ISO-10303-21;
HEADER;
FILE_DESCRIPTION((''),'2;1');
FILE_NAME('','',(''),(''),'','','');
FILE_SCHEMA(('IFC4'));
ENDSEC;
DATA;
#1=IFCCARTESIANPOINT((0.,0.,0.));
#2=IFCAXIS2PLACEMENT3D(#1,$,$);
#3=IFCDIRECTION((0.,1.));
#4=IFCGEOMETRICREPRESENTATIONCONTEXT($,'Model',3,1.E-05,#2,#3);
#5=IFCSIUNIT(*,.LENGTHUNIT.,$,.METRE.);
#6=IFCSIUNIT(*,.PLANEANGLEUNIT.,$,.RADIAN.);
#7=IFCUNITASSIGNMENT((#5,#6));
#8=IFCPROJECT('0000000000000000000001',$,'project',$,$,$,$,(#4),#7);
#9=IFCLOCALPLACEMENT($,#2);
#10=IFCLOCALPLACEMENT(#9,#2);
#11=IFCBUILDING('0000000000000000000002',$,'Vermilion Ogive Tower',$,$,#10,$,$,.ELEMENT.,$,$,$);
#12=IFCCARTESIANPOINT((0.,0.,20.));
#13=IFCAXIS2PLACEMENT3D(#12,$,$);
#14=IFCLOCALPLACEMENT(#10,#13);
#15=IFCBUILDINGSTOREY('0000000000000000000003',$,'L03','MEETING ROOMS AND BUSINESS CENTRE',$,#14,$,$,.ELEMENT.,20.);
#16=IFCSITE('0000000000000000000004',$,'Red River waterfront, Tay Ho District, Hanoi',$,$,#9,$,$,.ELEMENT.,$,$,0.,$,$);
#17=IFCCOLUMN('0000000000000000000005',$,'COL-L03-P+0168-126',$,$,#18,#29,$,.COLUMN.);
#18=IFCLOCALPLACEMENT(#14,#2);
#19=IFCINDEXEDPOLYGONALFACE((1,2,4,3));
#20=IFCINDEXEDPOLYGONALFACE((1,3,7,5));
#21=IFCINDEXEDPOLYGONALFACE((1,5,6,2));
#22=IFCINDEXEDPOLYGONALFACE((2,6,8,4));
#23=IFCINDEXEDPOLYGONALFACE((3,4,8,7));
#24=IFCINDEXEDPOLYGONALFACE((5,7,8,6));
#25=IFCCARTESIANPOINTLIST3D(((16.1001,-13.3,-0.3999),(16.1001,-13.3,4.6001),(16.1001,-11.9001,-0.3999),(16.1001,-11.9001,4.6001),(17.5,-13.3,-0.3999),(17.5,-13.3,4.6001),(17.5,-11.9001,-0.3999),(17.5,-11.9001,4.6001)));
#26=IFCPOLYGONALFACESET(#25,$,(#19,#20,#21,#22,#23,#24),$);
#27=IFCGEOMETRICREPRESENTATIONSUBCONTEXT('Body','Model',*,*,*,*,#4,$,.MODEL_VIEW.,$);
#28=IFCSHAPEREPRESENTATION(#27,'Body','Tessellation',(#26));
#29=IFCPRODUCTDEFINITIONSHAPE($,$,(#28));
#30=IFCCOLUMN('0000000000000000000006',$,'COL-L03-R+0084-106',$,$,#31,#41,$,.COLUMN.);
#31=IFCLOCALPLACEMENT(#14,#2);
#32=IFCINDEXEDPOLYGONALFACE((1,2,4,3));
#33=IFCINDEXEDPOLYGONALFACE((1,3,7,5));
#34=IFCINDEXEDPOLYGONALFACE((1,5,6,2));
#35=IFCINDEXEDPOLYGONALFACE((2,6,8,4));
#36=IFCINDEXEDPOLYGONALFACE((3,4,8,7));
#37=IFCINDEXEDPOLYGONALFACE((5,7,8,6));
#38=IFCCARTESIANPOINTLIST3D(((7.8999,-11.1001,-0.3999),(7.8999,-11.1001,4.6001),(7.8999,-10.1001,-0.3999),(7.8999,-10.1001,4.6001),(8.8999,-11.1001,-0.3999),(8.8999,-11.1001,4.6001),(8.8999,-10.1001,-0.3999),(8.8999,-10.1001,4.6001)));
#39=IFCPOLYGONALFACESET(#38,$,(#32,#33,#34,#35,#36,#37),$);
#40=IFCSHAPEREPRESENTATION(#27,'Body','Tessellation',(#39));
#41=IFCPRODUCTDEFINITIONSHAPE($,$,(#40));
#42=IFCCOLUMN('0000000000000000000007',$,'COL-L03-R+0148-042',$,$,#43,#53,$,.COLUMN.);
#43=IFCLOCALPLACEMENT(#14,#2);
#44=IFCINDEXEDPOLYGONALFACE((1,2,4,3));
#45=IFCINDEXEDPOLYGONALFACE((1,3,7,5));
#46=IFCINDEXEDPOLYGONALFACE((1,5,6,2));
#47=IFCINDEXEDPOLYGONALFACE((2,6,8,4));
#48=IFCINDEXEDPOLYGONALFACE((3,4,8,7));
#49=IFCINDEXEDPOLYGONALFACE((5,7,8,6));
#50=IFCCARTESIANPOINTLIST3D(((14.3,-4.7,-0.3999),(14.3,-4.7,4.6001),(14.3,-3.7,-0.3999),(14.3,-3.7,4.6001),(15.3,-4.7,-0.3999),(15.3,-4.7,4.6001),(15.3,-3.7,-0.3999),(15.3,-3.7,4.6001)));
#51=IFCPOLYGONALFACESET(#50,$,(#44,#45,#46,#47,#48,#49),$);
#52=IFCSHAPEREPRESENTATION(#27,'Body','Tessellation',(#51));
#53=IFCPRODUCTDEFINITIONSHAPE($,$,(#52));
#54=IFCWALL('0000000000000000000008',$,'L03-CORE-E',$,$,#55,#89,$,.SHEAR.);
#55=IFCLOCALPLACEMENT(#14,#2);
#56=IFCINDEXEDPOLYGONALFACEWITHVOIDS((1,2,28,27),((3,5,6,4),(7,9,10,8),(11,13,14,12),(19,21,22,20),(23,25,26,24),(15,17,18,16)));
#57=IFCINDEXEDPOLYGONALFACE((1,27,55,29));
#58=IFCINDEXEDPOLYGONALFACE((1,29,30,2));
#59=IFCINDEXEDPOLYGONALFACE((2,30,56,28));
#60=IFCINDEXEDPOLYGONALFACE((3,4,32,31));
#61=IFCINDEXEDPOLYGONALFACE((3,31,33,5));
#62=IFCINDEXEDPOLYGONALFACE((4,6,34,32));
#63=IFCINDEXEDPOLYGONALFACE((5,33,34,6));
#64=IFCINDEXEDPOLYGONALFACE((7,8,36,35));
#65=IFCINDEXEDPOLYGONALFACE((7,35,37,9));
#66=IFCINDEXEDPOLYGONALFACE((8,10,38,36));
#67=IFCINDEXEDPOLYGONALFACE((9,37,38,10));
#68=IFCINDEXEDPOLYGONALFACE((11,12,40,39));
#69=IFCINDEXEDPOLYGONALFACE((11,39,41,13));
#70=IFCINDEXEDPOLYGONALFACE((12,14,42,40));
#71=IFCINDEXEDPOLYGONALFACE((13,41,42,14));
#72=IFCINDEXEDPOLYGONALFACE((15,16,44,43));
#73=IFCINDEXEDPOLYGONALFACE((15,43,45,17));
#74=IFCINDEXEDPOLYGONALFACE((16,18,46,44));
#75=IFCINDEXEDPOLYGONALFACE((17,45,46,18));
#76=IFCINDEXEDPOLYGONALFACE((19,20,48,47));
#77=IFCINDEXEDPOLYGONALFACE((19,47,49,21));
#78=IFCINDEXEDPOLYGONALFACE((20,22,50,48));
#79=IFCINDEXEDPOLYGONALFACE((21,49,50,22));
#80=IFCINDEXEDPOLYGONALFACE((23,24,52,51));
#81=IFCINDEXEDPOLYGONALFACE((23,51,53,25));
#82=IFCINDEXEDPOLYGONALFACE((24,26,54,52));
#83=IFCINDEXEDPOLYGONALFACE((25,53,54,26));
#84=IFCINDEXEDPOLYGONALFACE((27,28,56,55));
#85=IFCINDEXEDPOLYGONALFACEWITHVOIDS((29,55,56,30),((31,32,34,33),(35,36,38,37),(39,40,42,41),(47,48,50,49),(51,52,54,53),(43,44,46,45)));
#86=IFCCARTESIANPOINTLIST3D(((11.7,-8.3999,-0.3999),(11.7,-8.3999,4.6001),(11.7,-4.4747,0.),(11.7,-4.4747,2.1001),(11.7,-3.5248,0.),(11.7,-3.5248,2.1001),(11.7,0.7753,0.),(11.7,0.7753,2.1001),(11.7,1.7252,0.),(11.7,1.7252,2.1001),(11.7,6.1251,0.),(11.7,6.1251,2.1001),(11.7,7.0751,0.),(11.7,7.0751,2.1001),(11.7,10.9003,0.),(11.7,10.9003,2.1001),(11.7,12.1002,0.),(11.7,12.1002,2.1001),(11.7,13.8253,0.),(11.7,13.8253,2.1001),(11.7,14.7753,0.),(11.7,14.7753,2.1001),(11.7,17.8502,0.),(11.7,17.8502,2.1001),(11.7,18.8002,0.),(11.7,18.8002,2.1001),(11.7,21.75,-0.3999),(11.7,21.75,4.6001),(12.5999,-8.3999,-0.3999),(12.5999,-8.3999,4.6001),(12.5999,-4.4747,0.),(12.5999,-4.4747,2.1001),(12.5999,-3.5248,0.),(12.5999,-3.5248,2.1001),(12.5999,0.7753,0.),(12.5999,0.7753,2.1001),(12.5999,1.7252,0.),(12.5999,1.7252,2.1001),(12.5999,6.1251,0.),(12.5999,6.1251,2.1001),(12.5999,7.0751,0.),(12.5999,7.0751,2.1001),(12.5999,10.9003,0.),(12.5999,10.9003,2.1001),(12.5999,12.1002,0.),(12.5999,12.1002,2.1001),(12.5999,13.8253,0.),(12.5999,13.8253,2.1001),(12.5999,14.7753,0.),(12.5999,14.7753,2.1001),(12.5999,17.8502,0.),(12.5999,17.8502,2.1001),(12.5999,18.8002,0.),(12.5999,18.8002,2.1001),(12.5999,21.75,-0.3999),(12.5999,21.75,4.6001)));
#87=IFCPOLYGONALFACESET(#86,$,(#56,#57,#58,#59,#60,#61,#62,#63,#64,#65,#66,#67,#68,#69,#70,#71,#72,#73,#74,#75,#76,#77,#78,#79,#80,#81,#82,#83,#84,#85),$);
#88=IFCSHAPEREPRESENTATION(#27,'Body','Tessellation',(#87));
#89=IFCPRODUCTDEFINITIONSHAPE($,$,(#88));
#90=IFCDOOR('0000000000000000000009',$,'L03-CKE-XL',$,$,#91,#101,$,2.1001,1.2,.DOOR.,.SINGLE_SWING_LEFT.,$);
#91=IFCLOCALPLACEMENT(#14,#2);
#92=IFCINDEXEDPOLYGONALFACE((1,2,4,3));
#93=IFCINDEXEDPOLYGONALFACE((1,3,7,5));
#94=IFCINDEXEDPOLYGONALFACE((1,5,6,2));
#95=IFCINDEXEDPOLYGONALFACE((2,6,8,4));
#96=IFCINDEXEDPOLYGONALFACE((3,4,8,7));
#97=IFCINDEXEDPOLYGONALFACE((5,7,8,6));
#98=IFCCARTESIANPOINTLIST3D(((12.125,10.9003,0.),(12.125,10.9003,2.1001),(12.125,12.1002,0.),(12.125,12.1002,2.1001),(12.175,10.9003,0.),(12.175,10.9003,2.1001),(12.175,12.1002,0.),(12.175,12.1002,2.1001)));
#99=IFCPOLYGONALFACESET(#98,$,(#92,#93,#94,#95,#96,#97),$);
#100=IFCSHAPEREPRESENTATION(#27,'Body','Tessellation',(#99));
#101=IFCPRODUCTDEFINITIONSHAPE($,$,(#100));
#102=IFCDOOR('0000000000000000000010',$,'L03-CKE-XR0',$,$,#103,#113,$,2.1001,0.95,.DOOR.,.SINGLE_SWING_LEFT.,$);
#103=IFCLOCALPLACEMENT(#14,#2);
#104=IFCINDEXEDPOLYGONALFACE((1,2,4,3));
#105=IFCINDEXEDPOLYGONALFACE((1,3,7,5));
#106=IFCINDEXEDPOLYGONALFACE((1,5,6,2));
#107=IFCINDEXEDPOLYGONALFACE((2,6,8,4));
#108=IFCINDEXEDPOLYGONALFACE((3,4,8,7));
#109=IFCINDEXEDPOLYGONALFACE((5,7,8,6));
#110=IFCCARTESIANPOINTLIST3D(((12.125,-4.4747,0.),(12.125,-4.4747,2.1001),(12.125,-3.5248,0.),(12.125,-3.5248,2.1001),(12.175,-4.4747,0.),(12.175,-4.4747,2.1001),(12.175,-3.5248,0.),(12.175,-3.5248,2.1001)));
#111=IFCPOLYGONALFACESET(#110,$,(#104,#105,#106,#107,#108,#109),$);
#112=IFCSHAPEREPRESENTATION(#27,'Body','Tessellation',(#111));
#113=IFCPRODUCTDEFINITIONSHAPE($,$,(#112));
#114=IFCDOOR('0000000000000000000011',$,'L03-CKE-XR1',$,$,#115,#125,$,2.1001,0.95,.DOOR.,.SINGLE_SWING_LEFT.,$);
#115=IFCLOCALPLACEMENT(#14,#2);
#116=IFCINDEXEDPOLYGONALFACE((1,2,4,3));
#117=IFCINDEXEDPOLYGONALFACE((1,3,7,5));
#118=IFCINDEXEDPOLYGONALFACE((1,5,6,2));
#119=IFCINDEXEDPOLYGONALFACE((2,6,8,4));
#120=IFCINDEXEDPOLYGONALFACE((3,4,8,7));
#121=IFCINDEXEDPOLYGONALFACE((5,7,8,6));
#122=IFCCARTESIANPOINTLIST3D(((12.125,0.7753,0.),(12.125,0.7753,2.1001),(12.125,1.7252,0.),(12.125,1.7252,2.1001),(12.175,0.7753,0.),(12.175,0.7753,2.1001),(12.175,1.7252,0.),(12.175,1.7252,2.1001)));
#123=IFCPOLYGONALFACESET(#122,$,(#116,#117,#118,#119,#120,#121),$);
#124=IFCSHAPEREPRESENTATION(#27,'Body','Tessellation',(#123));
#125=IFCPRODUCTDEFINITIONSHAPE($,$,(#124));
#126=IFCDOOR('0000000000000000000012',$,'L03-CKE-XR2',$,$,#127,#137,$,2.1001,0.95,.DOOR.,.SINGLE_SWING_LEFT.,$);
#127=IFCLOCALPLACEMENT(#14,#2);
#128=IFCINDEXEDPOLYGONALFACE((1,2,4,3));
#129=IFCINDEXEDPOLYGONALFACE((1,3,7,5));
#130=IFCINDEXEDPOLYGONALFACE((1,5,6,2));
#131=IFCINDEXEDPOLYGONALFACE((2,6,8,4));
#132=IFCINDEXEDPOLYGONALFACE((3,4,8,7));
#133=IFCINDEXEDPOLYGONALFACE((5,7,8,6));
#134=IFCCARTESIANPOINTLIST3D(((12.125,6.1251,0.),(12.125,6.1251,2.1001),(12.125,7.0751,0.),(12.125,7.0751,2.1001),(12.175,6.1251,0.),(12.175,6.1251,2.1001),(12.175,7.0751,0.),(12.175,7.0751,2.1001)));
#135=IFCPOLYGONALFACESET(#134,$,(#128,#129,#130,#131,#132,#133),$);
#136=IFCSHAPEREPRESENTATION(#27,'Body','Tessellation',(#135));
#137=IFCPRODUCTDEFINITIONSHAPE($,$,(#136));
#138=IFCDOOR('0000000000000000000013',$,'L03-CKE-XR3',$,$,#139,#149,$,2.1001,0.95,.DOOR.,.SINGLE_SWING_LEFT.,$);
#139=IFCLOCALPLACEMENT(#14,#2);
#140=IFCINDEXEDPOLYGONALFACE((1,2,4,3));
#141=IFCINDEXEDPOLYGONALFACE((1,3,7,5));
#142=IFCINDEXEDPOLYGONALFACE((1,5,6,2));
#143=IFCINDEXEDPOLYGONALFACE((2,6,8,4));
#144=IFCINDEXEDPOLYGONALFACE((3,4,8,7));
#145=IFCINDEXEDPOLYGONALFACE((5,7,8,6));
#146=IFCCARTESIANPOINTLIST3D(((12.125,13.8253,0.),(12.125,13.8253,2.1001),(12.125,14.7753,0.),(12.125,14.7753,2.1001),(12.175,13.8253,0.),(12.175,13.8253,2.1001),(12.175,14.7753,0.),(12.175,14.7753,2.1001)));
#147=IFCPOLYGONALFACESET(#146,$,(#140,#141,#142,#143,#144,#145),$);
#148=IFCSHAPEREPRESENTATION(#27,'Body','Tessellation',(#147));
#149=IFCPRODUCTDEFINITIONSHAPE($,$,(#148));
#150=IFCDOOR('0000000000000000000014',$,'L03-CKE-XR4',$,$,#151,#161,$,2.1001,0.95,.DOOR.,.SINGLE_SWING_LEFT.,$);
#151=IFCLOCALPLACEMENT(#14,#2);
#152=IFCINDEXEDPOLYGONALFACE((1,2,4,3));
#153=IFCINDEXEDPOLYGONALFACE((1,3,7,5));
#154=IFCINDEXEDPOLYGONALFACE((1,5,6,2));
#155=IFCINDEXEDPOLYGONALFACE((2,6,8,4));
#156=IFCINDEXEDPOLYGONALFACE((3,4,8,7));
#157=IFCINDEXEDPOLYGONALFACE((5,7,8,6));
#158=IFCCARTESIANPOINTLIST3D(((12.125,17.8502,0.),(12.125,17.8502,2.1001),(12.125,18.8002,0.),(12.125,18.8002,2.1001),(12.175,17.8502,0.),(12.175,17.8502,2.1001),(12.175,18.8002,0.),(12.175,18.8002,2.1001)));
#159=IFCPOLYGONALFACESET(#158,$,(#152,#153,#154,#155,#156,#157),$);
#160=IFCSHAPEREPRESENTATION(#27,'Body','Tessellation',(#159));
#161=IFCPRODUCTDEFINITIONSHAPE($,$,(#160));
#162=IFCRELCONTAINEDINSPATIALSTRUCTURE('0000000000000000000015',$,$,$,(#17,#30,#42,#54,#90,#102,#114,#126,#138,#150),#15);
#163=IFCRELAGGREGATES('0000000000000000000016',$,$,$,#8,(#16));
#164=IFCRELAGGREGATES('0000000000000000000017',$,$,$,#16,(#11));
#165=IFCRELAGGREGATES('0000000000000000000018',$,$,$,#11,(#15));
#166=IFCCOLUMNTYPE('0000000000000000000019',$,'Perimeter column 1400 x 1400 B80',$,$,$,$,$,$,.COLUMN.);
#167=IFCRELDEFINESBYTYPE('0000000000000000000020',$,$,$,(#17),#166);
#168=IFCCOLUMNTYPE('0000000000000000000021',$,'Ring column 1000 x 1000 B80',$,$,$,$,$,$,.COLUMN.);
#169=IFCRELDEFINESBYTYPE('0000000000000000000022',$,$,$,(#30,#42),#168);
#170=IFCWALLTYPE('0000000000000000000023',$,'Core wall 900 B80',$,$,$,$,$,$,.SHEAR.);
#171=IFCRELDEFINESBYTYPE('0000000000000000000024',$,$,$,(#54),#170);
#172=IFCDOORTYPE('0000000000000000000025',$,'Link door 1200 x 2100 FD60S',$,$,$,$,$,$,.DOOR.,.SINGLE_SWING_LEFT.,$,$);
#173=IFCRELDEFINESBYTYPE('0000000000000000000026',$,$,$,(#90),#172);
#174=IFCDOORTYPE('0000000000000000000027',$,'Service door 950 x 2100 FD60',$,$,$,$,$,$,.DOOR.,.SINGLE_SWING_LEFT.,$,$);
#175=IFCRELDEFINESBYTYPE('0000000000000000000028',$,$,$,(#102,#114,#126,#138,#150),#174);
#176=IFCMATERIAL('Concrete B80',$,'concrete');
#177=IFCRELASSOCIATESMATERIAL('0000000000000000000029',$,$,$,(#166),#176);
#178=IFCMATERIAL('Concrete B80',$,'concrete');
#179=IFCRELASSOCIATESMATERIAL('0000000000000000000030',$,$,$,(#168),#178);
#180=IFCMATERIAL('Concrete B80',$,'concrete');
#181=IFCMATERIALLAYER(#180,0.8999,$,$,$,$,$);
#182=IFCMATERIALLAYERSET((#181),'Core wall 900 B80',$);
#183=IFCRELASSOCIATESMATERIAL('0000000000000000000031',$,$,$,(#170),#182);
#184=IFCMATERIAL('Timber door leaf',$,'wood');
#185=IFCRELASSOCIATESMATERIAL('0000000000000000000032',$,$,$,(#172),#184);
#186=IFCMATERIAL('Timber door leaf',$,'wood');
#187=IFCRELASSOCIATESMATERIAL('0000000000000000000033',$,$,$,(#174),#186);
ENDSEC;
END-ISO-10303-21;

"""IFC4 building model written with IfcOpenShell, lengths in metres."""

from ifc_helpers import new_model, si_unit, direction, frame, frame_2d, origin, origin_2d, place, context, subcontext, project, spatial, rectangle, extrude, material, layer, layer_set, material_profile, profile_set, type_object, element, fill, save


model = new_model("IFC4")

# Units and contexts
model_context = context("Model", 3, precision=1e-05, world=origin(), true_north=direction((0.0, 1.0)))
body_context = subcontext(model_context, "Body", "Model", "MODEL_VIEW")
ifc_project = project(units=[si_unit("LENGTHUNIT", "METRE"), si_unit("PLANEANGLEUNIT", "RADIAN")], contexts=[model_context])

# Site, building, storey
site_placement = place(None, origin())
site = spatial("IfcSite", under=ifc_project, at=site_placement, Name="Red River waterfront, Tay Ho District, Hanoi", CompositionType="ELEMENT", RefElevation=0.0)
building_placement = place(site_placement, origin())
building = spatial("IfcBuilding", under=site, at=building_placement, Name="Vermilion Ogive Tower", CompositionType="ELEMENT")
storey_placement = place(building_placement, frame((0.0, 0.0, 20.0)))
storey = spatial("IfcBuildingStorey", under=building, at=storey_placement, Name="L03", Description="MEETING ROOMS AND BUSINESS CENTRE", CompositionType="ELEMENT", Elevation=20.0)

# Columns
ifc_material_1 = material(Name="Concrete B80", Category="concrete")
ifc_material_profile_1 = material_profile(ifc_material_1, rectangle(XDim=1.3999, YDim=1.3999, at=origin_2d()), Name="1400 x 1400")
ifc_profile_set_1 = profile_set([ifc_material_profile_1], Name="Concrete B80")
column_type_1 = type_object("IfcColumnType", Name="Perimeter column 1400 x 1400 B80", PredefinedType="COLUMN", material=ifc_profile_set_1)
column_placement = place(storey_placement, frame((16.8, -12.6001, -0.3999), z_axis=(0.0, 0.0, 1.0), x_axis=(1.0, 0.0, 0.0)))
element("IfcColumn", 1, at=column_placement, inside=storey, type_object=column_type_1, Name="COL-L03-P+0168-126", PredefinedType="COLUMN", context=body_context, shape_type="SweptSolid", body=[
    extrude(rectangle(XDim=1.3999, YDim=1.3999, at=origin_2d()), origin(), (0.0, 0.0, 1.0), 5.0),
])
ifc_material_2 = material(Name="Concrete B80", Category="concrete")
ifc_material_profile_2 = material_profile(ifc_material_2, rectangle(XDim=1.0, YDim=1.0, at=origin_2d()), Name="1000 x 1000")
ifc_profile_set_2 = profile_set([ifc_material_profile_2], Name="Concrete B80")
column_type_2 = type_object("IfcColumnType", Name="Ring column 1000 x 1000 B80", PredefinedType="COLUMN", material=ifc_profile_set_2)
for number, where, z_axis, x_axis, name in (
    (2, (8.3999, -10.6001, -0.3999), (0.0, 0.0, 1.0), (1.0, 0.0, 0.0), "COL-L03-R+0084-106"),
    (3, (14.8, -4.2, -0.3999), (0.0, 0.0, 1.0), (1.0, 0.0, 0.0), "COL-L03-R+0148-042"),
):
    element("IfcColumn", number, at=place(storey_placement, frame(where, z_axis=z_axis, x_axis=x_axis)), inside=storey, type_object=column_type_2, Name=name, PredefinedType="COLUMN", context=body_context, shape_type="SweptSolid", body=[
        extrude(rectangle(XDim=1.0, YDim=1.0, at=origin_2d()), origin(), (0.0, 0.0, 1.0), 5.0),
    ])

# Wall, openings, doors
ifc_material_3 = material(Name="Concrete B80", Category="concrete")
ifc_layer_1 = layer(ifc_material_3, 0.8999)
ifc_layer_set_1 = layer_set([ifc_layer_1], Name="Core wall 900 B80")
wall_type_1 = type_object("IfcWallType", Name="Core wall 900 B80", PredefinedType="SHEAR", material=ifc_layer_set_1)
wall_1_placement = place(storey_placement, frame((12.1499, -8.3999, -0.3999), z_axis=(0.0, 0.0, 1.0), x_axis=(0.0, 1.0, 0.0)))
wall_1 = element("IfcWall", 4, at=wall_1_placement, inside=storey, type_object=wall_type_1, Name="L03-CORE-E", PredefinedType="SHEAR", context=body_context, shape_type="SweptSolid", body=[
    extrude(rectangle(XDim=30.1499, YDim=0.8999, at=frame_2d((15.075, 0.0))), origin(), (0.0, 0.0, 1.0), 5.0),
])
opening_1_placement = place(wall_1_placement, frame((3.925, 0.0, 0.3999)))
opening_1 = element("IfcOpeningElement", 5, at=opening_1_placement, cuts=wall_1, PredefinedType="OPENING", context=body_context, shape_type="SweptSolid", body=[
    extrude(rectangle(XDim=0.95, YDim=2.1001, at=frame_2d((0.4751, 1.05))), frame((0.0, 0.46, 0.0), z_axis=(0.0, -1.0, 0.0), x_axis=(1.0, 0.0, 0.0)), (0.0, 0.0, 1.0), 0.9199),
])
opening_2_placement = place(wall_1_placement, frame((9.175, 0.0, 0.3999)))
opening_2 = element("IfcOpeningElement", 6, at=opening_2_placement, cuts=wall_1, PredefinedType="OPENING", context=body_context, shape_type="SweptSolid", body=[
    extrude(rectangle(XDim=0.95, YDim=2.1001, at=frame_2d((0.4751, 1.05))), frame((0.0, 0.46, 0.0), z_axis=(0.0, -1.0, 0.0), x_axis=(1.0, 0.0, 0.0)), (0.0, 0.0, 1.0), 0.9199),
])
opening_3_placement = place(wall_1_placement, frame((14.5249, 0.0, 0.3999)))
opening_3 = element("IfcOpeningElement", 7, at=opening_3_placement, cuts=wall_1, PredefinedType="OPENING", context=body_context, shape_type="SweptSolid", body=[
    extrude(rectangle(XDim=0.95, YDim=2.1001, at=frame_2d((0.4751, 1.05))), frame((0.0, 0.46, 0.0), z_axis=(0.0, -1.0, 0.0), x_axis=(1.0, 0.0, 0.0)), (0.0, 0.0, 1.0), 0.9199),
])
opening_4_placement = place(wall_1_placement, frame((22.2251, 0.0, 0.3999)))
opening_4 = element("IfcOpeningElement", 8, at=opening_4_placement, cuts=wall_1, PredefinedType="OPENING", context=body_context, shape_type="SweptSolid", body=[
    extrude(rectangle(XDim=0.95, YDim=2.1001, at=frame_2d((0.4751, 1.05))), frame((0.0, 0.46, 0.0), z_axis=(0.0, -1.0, 0.0), x_axis=(1.0, 0.0, 0.0)), (0.0, 0.0, 1.0), 0.9199),
])
opening_5_placement = place(wall_1_placement, frame((26.25, 0.0, 0.3999)))
opening_5 = element("IfcOpeningElement", 9, at=opening_5_placement, cuts=wall_1, PredefinedType="OPENING", context=body_context, shape_type="SweptSolid", body=[
    extrude(rectangle(XDim=0.95, YDim=2.1001, at=frame_2d((0.4751, 1.05))), frame((0.0, 0.46, 0.0), z_axis=(0.0, -1.0, 0.0), x_axis=(1.0, 0.0, 0.0)), (0.0, 0.0, 1.0), 0.9199),
])
opening_6_placement = place(wall_1_placement, frame((19.3, 0.0, 0.3999)))
opening_6 = element("IfcOpeningElement", 10, at=opening_6_placement, cuts=wall_1, PredefinedType="OPENING", context=body_context, shape_type="SweptSolid", body=[
    extrude(rectangle(XDim=1.2, YDim=2.1001, at=frame_2d((0.6001, 1.05))), frame((0.0, 0.46, 0.0), z_axis=(0.0, -1.0, 0.0), x_axis=(1.0, 0.0, 0.0)), (0.0, 0.0, 1.0), 0.9199),
])
ifc_material_4 = material(Name="Timber door leaf", Category="wood")
door_type_1 = type_object("IfcDoorType", Name="Link door 1200 x 2100 FD60S", OperationType="SINGLE_SWING_LEFT", PredefinedType="DOOR", material=ifc_material_4)
door_1_placement = place(opening_6_placement, origin())
door_1 = element("IfcDoor", 11, at=door_1_placement, inside=storey, type_object=door_type_1, Name="L03-CKE-XL", OperationType="SINGLE_SWING_LEFT", OverallHeight=2.1001, OverallWidth=1.2, PredefinedType="DOOR", context=body_context, shape_type="SweptSolid", body=[
    extrude(rectangle(XDim=1.2, YDim=2.1001, at=frame_2d((0.6001, 1.05))), frame((0.0, 0.0249, 0.0), z_axis=(0.0, -1.0, 0.0), x_axis=(1.0, 0.0, 0.0)), (0.0, 0.0, 1.0), 0.05),
])
fill(opening_6, door_1)
ifc_material_5 = material(Name="Timber door leaf", Category="wood")
door_type_2 = type_object("IfcDoorType", Name="Service door 950 x 2100 FD60", OperationType="SINGLE_SWING_LEFT", PredefinedType="DOOR", material=ifc_material_5)
door_2_placement = place(opening_1_placement, origin())
door_2 = element("IfcDoor", 12, at=door_2_placement, inside=storey, type_object=door_type_2, Name="L03-CKE-XR0", OperationType="SINGLE_SWING_LEFT", OverallHeight=2.1001, OverallWidth=0.95, PredefinedType="DOOR", context=body_context, shape_type="SweptSolid", body=[
    extrude(rectangle(XDim=0.95, YDim=2.1001, at=frame_2d((0.4751, 1.05))), frame((0.0, 0.0249, 0.0), z_axis=(0.0, -1.0, 0.0), x_axis=(1.0, 0.0, 0.0)), (0.0, 0.0, 1.0), 0.05),
])
fill(opening_1, door_2)
door_3_placement = place(opening_2_placement, origin())
door_3 = element("IfcDoor", 13, at=door_3_placement, inside=storey, type_object=door_type_2, Name="L03-CKE-XR1", OperationType="SINGLE_SWING_LEFT", OverallHeight=2.1001, OverallWidth=0.95, PredefinedType="DOOR", context=body_context, shape_type="SweptSolid", body=[
    extrude(rectangle(XDim=0.95, YDim=2.1001, at=frame_2d((0.4751, 1.05))), frame((0.0, 0.0249, 0.0), z_axis=(0.0, -1.0, 0.0), x_axis=(1.0, 0.0, 0.0)), (0.0, 0.0, 1.0), 0.05),
])
fill(opening_2, door_3)
door_4_placement = place(opening_3_placement, origin())
door_4 = element("IfcDoor", 14, at=door_4_placement, inside=storey, type_object=door_type_2, Name="L03-CKE-XR2", OperationType="SINGLE_SWING_LEFT", OverallHeight=2.1001, OverallWidth=0.95, PredefinedType="DOOR", context=body_context, shape_type="SweptSolid", body=[
    extrude(rectangle(XDim=0.95, YDim=2.1001, at=frame_2d((0.4751, 1.05))), frame((0.0, 0.0249, 0.0), z_axis=(0.0, -1.0, 0.0), x_axis=(1.0, 0.0, 0.0)), (0.0, 0.0, 1.0), 0.05),
])
fill(opening_3, door_4)
door_5_placement = place(opening_4_placement, origin())
door_5 = element("IfcDoor", 15, at=door_5_placement, inside=storey, type_object=door_type_2, Name="L03-CKE-XR3", OperationType="SINGLE_SWING_LEFT", OverallHeight=2.1001, OverallWidth=0.95, PredefinedType="DOOR", context=body_context, shape_type="SweptSolid", body=[
    extrude(rectangle(XDim=0.95, YDim=2.1001, at=frame_2d((0.4751, 1.05))), frame((0.0, 0.0249, 0.0), z_axis=(0.0, -1.0, 0.0), x_axis=(1.0, 0.0, 0.0)), (0.0, 0.0, 1.0), 0.05),
])
fill(opening_4, door_5)
door_6_placement = place(opening_5_placement, origin())
door_6 = element("IfcDoor", 16, at=door_6_placement, inside=storey, type_object=door_type_2, Name="L03-CKE-XR4", OperationType="SINGLE_SWING_LEFT", OverallHeight=2.1001, OverallWidth=0.95, PredefinedType="DOOR", context=body_context, shape_type="SweptSolid", body=[
    extrude(rectangle(XDim=0.95, YDim=2.1001, at=frame_2d((0.4751, 1.05))), frame((0.0, 0.0249, 0.0), z_axis=(0.0, -1.0, 0.0), x_axis=(1.0, 0.0, 0.0)), (0.0, 0.0, 1.0), 0.05),
])
fill(opening_5, door_6)

save(model, "model.ifc")
